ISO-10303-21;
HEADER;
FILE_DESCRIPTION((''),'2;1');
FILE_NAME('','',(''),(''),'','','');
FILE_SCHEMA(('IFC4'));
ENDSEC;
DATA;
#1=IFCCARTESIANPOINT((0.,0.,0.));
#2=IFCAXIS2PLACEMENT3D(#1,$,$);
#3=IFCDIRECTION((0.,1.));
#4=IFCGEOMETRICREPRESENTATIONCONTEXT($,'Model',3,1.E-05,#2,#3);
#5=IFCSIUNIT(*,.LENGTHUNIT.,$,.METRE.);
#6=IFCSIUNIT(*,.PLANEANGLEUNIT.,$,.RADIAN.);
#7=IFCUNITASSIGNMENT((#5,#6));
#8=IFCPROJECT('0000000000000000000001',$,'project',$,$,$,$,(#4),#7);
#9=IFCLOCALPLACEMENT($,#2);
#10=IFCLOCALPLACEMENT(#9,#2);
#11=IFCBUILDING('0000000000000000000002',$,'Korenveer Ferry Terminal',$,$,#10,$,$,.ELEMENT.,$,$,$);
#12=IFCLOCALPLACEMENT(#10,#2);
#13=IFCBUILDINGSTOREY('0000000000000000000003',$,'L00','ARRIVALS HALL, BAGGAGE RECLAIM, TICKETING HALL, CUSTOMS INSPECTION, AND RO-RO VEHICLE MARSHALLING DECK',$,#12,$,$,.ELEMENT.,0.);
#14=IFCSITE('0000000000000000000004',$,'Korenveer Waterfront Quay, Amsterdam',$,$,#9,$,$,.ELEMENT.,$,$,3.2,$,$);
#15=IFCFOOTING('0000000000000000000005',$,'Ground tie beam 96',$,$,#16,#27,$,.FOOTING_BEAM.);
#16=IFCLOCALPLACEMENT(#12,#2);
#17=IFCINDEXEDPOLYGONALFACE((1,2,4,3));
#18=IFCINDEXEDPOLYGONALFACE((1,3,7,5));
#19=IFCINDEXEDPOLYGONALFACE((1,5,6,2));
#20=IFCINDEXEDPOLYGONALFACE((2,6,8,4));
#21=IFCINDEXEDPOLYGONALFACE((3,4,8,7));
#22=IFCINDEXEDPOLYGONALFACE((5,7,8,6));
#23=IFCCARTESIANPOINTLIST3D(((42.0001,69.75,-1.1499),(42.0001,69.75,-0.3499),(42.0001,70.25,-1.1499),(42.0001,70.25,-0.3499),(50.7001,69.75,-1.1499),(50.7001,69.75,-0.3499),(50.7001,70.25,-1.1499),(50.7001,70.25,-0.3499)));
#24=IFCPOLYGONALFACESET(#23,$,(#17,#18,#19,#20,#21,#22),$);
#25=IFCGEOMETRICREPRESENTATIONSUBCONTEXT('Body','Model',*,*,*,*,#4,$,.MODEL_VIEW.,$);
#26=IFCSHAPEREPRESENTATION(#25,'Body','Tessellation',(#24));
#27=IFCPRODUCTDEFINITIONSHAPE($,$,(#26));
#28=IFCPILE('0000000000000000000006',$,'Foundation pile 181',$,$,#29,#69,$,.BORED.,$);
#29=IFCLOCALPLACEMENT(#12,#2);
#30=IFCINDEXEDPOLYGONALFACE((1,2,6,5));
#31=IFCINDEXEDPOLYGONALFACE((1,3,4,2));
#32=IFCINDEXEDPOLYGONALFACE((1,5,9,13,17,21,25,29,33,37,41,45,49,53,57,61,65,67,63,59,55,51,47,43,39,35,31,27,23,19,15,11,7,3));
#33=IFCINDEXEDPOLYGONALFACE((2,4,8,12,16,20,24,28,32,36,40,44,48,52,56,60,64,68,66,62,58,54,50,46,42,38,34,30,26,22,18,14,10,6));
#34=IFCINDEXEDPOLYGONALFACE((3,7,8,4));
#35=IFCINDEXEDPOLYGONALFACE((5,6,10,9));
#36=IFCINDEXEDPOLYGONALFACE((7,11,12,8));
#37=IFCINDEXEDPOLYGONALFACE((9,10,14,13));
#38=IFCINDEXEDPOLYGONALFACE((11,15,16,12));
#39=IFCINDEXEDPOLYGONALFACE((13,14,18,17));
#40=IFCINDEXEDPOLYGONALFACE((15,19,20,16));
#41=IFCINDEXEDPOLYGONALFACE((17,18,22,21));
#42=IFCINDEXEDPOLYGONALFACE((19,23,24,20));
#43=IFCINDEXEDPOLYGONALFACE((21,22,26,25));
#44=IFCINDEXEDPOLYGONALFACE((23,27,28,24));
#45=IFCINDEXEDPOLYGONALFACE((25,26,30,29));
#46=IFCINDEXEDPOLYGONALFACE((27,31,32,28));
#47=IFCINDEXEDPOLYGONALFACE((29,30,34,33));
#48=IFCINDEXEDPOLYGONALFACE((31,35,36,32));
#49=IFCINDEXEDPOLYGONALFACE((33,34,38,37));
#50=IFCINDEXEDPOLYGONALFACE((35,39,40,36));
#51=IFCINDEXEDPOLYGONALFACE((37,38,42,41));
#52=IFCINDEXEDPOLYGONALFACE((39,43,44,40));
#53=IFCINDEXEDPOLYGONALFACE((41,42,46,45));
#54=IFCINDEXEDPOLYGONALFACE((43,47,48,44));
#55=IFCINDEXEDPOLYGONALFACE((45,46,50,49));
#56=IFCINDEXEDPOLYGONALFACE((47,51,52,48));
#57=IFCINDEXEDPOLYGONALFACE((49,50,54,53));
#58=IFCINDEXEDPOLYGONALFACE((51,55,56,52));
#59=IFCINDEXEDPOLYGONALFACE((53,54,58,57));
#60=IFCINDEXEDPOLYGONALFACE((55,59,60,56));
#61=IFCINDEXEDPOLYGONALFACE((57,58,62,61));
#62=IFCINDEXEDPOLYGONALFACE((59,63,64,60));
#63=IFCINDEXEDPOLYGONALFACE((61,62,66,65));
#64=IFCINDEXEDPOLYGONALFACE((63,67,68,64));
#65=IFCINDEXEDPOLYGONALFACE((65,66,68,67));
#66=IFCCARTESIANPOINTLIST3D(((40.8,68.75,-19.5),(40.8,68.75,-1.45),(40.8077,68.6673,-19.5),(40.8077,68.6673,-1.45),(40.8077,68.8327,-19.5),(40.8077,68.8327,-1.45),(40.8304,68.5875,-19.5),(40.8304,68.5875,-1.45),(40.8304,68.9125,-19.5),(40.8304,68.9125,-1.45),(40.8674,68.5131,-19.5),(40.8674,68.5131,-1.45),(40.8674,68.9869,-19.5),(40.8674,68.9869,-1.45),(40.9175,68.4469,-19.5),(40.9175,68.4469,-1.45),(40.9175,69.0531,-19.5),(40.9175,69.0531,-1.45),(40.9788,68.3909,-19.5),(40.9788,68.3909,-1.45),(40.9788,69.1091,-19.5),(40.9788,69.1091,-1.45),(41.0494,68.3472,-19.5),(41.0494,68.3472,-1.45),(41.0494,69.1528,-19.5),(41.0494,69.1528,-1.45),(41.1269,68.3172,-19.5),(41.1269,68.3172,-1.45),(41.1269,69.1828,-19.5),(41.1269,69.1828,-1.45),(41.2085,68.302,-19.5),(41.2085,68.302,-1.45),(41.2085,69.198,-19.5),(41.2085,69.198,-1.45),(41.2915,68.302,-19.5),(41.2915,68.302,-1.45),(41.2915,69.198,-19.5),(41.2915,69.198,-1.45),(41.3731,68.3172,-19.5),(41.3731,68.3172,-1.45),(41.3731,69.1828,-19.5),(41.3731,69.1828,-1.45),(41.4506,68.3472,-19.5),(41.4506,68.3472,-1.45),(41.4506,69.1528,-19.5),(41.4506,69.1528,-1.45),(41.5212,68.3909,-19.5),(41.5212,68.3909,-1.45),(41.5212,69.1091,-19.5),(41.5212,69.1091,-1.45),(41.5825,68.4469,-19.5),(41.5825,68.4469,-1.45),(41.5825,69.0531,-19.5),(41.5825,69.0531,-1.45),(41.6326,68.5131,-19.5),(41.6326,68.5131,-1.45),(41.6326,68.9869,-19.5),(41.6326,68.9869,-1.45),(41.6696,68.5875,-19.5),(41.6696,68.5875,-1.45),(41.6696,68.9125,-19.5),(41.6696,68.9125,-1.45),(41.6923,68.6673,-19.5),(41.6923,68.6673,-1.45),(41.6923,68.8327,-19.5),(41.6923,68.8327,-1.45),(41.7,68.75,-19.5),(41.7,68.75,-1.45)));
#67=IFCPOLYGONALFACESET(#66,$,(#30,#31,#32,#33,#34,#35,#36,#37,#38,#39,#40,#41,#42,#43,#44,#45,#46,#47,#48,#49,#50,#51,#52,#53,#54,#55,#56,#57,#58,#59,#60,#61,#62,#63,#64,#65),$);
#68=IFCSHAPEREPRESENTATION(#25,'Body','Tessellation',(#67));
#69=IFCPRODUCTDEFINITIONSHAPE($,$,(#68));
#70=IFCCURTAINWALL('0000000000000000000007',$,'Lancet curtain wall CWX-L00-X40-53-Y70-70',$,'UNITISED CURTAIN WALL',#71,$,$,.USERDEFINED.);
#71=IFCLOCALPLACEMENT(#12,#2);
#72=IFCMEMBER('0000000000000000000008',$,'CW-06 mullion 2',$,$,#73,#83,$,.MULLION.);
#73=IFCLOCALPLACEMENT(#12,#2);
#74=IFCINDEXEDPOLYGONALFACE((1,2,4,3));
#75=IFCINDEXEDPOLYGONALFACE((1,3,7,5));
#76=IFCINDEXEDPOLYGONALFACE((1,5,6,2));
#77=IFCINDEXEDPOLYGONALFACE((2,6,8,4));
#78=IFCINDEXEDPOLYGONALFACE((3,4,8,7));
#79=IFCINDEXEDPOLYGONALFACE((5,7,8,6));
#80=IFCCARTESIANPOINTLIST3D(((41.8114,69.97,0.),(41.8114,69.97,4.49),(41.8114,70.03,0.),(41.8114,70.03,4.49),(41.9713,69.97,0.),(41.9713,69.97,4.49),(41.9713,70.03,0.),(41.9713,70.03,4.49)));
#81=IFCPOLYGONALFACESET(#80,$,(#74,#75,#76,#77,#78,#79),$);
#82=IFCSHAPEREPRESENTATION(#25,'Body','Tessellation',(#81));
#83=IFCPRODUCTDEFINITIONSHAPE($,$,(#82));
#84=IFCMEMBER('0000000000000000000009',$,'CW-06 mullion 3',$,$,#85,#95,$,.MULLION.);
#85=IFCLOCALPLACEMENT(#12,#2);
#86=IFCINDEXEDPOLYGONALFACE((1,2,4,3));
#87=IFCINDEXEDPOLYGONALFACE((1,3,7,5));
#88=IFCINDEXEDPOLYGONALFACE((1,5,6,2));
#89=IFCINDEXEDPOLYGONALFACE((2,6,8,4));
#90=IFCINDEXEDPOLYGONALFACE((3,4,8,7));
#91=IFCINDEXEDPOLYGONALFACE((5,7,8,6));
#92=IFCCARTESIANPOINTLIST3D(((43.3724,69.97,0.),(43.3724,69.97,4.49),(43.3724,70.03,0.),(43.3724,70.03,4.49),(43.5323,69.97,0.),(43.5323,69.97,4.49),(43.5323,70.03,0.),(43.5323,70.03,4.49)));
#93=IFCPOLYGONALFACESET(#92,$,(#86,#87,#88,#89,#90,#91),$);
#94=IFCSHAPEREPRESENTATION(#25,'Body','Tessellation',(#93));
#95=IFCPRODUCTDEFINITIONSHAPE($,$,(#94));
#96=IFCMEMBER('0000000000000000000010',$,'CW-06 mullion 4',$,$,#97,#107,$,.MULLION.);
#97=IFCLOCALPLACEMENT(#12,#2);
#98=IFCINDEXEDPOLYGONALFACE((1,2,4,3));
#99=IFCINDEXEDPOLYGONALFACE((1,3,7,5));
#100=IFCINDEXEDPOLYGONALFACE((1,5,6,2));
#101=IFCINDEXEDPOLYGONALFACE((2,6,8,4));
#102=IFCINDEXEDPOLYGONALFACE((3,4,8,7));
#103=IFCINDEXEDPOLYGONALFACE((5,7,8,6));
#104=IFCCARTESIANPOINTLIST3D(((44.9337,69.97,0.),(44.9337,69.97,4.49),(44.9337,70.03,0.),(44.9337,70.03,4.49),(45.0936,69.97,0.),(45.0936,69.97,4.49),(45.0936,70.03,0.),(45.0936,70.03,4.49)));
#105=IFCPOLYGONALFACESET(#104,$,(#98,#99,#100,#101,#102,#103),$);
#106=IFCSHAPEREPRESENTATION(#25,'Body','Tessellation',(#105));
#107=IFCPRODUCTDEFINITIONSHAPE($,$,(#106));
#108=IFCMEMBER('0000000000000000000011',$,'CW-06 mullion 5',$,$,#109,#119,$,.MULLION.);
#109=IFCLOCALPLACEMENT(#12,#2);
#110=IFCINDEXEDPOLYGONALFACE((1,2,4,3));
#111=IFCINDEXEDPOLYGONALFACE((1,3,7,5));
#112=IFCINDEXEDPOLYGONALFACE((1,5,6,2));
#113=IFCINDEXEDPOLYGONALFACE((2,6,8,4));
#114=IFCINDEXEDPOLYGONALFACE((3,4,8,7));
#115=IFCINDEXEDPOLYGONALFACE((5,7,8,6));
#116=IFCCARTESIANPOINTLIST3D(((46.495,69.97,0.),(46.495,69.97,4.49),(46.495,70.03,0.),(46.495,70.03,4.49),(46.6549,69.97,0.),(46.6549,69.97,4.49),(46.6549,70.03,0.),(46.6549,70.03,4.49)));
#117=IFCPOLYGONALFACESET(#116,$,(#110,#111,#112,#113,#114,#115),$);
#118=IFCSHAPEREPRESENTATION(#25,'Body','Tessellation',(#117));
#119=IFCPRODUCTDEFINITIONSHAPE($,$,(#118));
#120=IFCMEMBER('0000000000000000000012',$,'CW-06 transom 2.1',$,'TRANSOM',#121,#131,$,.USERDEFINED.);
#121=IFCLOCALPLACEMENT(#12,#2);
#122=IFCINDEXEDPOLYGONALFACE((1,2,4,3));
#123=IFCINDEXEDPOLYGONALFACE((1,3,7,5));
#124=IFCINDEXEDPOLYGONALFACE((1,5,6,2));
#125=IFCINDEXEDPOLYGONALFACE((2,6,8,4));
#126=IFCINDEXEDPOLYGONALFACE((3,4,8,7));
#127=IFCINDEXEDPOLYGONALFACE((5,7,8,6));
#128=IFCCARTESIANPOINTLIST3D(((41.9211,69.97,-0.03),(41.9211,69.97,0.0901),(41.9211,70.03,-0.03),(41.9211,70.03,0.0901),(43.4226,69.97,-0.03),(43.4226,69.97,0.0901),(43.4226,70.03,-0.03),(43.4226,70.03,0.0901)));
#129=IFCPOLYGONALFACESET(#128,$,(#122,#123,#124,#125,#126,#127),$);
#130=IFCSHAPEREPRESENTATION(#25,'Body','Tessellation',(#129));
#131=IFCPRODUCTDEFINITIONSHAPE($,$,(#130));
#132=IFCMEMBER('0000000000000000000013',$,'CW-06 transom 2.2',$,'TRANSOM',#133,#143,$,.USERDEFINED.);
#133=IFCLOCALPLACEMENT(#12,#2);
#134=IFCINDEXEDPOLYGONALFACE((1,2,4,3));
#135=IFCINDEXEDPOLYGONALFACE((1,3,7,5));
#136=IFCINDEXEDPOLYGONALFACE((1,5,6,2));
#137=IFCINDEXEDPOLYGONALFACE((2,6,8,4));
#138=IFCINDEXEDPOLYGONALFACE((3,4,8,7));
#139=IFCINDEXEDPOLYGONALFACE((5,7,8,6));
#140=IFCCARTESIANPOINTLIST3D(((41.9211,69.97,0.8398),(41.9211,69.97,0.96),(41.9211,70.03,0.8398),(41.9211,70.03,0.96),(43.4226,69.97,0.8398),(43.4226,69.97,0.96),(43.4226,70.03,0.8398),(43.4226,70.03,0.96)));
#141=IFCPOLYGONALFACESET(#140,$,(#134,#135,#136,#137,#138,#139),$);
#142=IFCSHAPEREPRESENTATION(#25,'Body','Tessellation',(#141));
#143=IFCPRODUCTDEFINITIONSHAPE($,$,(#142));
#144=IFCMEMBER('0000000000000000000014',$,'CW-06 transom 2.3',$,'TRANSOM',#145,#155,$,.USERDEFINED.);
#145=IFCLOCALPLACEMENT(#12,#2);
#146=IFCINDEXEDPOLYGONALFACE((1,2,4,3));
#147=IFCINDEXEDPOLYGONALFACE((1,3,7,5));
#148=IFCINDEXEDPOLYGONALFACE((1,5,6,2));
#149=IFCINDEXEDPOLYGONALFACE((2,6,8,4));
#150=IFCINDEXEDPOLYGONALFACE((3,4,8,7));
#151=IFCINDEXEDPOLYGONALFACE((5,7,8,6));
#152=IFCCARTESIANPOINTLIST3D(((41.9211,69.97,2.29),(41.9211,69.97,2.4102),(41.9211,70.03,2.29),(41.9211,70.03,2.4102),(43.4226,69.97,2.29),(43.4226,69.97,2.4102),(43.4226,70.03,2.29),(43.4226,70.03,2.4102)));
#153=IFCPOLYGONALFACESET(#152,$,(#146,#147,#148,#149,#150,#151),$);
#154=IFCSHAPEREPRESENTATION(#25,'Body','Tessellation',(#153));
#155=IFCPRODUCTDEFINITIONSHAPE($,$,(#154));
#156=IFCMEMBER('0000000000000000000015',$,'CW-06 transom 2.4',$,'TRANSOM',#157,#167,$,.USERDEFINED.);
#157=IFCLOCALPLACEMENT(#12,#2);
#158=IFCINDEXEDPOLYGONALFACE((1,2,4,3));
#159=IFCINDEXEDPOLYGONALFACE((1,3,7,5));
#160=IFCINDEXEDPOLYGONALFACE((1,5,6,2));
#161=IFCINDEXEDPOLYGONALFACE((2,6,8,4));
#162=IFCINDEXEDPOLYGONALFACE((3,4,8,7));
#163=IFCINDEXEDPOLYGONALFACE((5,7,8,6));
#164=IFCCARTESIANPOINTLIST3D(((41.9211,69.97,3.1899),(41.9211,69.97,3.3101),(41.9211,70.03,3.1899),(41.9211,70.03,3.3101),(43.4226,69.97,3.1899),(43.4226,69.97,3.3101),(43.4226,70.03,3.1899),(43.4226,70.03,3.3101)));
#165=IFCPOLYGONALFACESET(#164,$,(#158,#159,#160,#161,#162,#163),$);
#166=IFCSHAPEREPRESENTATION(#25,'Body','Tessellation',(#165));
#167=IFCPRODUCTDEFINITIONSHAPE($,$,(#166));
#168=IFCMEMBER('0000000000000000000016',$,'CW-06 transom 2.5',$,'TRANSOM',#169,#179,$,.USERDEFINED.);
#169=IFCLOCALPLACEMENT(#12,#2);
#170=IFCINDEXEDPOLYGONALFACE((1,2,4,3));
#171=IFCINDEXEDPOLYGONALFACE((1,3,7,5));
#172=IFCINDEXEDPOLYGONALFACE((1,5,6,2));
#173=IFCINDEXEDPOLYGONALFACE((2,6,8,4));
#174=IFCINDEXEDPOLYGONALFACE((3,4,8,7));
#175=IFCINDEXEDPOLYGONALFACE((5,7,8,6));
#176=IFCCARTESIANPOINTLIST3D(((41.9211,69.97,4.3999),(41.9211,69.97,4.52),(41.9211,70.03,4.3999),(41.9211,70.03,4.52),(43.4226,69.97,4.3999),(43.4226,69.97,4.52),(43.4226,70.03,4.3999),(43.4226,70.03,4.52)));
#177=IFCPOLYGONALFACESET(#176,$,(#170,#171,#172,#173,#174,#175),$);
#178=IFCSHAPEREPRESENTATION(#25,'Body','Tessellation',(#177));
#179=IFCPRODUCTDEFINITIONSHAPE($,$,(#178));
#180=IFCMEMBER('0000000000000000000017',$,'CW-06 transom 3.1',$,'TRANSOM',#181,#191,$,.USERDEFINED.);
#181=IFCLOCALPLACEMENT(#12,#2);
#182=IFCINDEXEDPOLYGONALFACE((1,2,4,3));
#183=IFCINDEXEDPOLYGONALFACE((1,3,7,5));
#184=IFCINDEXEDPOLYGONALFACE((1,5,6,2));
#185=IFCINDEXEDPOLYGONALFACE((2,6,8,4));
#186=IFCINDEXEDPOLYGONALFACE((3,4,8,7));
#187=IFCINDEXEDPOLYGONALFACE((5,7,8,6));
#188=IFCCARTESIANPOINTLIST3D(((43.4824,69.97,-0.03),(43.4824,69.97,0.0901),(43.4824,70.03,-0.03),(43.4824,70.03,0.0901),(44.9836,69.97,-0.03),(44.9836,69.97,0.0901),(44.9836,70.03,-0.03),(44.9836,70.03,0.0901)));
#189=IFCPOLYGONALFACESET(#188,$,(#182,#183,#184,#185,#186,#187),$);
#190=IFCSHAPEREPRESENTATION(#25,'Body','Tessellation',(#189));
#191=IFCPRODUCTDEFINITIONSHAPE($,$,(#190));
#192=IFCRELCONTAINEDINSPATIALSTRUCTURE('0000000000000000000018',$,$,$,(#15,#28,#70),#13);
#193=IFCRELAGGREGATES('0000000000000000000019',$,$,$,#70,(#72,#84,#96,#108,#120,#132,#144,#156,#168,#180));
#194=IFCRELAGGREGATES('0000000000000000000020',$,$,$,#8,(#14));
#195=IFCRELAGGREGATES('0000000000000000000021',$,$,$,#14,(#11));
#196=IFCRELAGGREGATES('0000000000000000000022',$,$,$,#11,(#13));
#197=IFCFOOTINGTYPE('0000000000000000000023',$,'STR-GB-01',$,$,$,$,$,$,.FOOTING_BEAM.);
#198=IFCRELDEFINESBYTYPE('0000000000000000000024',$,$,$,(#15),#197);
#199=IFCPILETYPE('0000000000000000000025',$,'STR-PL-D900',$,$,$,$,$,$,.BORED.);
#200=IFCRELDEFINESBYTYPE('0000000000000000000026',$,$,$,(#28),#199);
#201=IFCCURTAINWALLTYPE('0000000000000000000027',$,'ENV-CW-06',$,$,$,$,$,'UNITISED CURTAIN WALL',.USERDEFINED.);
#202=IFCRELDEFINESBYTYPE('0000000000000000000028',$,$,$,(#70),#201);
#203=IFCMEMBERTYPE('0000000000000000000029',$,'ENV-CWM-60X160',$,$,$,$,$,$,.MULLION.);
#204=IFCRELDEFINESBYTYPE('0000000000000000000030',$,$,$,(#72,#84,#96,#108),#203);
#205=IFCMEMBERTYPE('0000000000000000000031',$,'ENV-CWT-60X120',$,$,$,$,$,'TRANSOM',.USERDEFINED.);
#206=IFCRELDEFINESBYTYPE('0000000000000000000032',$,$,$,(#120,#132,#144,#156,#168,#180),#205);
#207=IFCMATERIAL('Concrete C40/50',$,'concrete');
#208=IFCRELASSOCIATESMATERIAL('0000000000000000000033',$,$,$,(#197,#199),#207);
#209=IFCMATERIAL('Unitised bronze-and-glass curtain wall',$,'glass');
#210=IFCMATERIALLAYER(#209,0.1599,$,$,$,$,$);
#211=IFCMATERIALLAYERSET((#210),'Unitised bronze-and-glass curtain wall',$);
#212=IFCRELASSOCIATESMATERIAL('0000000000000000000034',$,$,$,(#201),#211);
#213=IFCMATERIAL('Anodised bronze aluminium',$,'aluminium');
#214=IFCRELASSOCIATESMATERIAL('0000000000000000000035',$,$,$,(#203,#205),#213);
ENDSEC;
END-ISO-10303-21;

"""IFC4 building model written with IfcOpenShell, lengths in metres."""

from ifc_helpers import new_model, si_unit, direction, frame, origin, origin_2d, place, context, subcontext, project, spatial, rectangle, circle, extrude, material, layer, layer_set, material_profile, profile_set, type_object, element, aggregate, save


model = new_model("IFC4")

# Units and contexts
model_context = context("Model", 3, precision=1e-05, world=origin(), true_north=direction((0.0, 1.0)))
body_context = subcontext(model_context, "Body", "Model", "MODEL_VIEW")
ifc_project = project(units=[si_unit("LENGTHUNIT", "METRE"), si_unit("PLANEANGLEUNIT", "RADIAN")], contexts=[model_context])

# Site, building, storey
site_placement = place(None, origin())
site = spatial("IfcSite", under=ifc_project, at=site_placement, Name="Korenveer Waterfront Quay, Amsterdam", CompositionType="ELEMENT", RefElevation=3.2)
building_placement = place(site_placement, origin())
building = spatial("IfcBuilding", under=site, at=building_placement, Name="Korenveer Ferry Terminal", CompositionType="ELEMENT")
storey_placement = place(building_placement, origin())
storey = spatial("IfcBuildingStorey", under=building, at=storey_placement, Name="L00", Description="ARRIVALS HALL, BAGGAGE RECLAIM, TICKETING HALL, CUSTOMS INSPECTION, AND RO-RO VEHICLE MARSHALLING DECK", CompositionType="ELEMENT", Elevation=0.0)

# Footing
ifc_material_1 = material(Name="Concrete C40/50", Category="concrete")
footing_type = type_object("IfcFootingType", Name="STR-GB-01", PredefinedType="FOOTING_BEAM", material=ifc_material_1)
footing_placement = place(storey_placement, frame((46.3501, 70.0, -1.1499), z_axis=(0.0, 0.0, 1.0), x_axis=(1.0, 0.0, 0.0)))
element("IfcFooting", 1, at=footing_placement, inside=storey, type_object=footing_type, Name="Ground tie beam 96", PredefinedType="FOOTING_BEAM", context=body_context, shape_type="SweptSolid", body=[
    extrude(rectangle(XDim=8.7, YDim=0.5, at=origin_2d()), origin(), (0.0, 0.0, 1.0), 0.8),
])

# Pile
ifc_material_profile_1 = material_profile(ifc_material_1, circle(Radius=0.45, at=origin_2d()), Name="PILE D900")
ifc_profile_set_1 = profile_set([ifc_material_profile_1], Name="Concrete C40/50")
pile_type = type_object("IfcPileType", Name="STR-PL-D900", PredefinedType="BORED", material=ifc_profile_set_1)
pile_placement = place(storey_placement, frame((41.25, 68.75, -1.45), z_axis=(0.0, 0.0, -1.0), x_axis=(1.0, 0.0, 0.0)))
element("IfcPile", 2, at=pile_placement, inside=storey, type_object=pile_type, Name="Foundation pile 181", PredefinedType="BORED", context=body_context, shape_type="SweptSolid", body=[
    extrude(circle(Radius=0.45, at=origin_2d()), origin(), (0.0, 0.0, 1.0), 18.05),
])

# Curtain wall, members
ifc_material_2 = material(Name="Unitised bronze-and-glass curtain wall", Category="glass")
ifc_layer_1 = layer(ifc_material_2, 0.1599)
ifc_layer_set_1 = layer_set([ifc_layer_1], Name="Unitised bronze-and-glass curtain wall")
curtain_wall_type = type_object("IfcCurtainWallType", Name="ENV-CW-06", ElementType="UNITISED CURTAIN WALL", PredefinedType="USERDEFINED", material=ifc_layer_set_1)
curtain_wall_placement = place(storey_placement, frame((40.3301, 70.0, 0.0)))
curtain_wall = element("IfcCurtainWall", 3, at=curtain_wall_placement, inside=storey, type_object=curtain_wall_type, Name="Lancet curtain wall CWX-L00-X40-53-Y70-70", ObjectType="UNITISED CURTAIN WALL", PredefinedType="USERDEFINED")
ifc_material_3 = material(Name="Anodised bronze aluminium", Category="aluminium")
ifc_material_profile_2 = material_profile(ifc_material_3, rectangle(XDim=0.0601, YDim=0.1599, at=origin_2d()), Name="ALU 60x160")
ifc_profile_set_2 = profile_set([ifc_material_profile_2], Name="Anodised bronze aluminium")
member_type_1 = type_object("IfcMemberType", Name="ENV-CWM-60X160", PredefinedType="MULLION", material=ifc_profile_set_2)
member_1_placement = place(storey_placement, frame((41.8914, 70.0, 0.0), z_axis=(0.0, 0.0, 1.0), x_axis=(0.0, 1.0, 0.0)))
member_1 = element("IfcMember", 4, at=member_1_placement, type_object=member_type_1, Name="CW-06 mullion 2", PredefinedType="MULLION", context=body_context, shape_type="SweptSolid", body=[
    extrude(rectangle(XDim=0.0601, YDim=0.1599, at=origin_2d()), origin(), (0.0, 0.0, 1.0), 4.49),
])
member_2_placement = place(storey_placement, frame((43.4524, 70.0, 0.0), z_axis=(0.0, 0.0, 1.0), x_axis=(0.0, 1.0, 0.0)))
member_2 = element("IfcMember", 5, at=member_2_placement, type_object=member_type_1, Name="CW-06 mullion 3", PredefinedType="MULLION", context=body_context, shape_type="SweptSolid", body=[
    extrude(rectangle(XDim=0.0601, YDim=0.1599, at=origin_2d()), origin(), (0.0, 0.0, 1.0), 4.49),
])
member_3_placement = place(storey_placement, frame((45.0137, 70.0, 0.0), z_axis=(0.0, 0.0, 1.0), x_axis=(0.0, 1.0, 0.0)))
member_3 = element("IfcMember", 6, at=member_3_placement, type_object=member_type_1, Name="CW-06 mullion 4", PredefinedType="MULLION", context=body_context, shape_type="SweptSolid", body=[
    extrude(rectangle(XDim=0.0601, YDim=0.1599, at=origin_2d()), origin(), (0.0, 0.0, 1.0), 4.49),
])
member_4_placement = place(storey_placement, frame((46.575, 70.0, 0.0), z_axis=(0.0, 0.0, 1.0), x_axis=(0.0, 1.0, 0.0)))
member_4 = element("IfcMember", 7, at=member_4_placement, type_object=member_type_1, Name="CW-06 mullion 5", PredefinedType="MULLION", context=body_context, shape_type="SweptSolid", body=[
    extrude(rectangle(XDim=0.0601, YDim=0.1599, at=origin_2d()), origin(), (0.0, 0.0, 1.0), 4.49),
])
ifc_material_profile_3 = material_profile(ifc_material_3, rectangle(XDim=0.0601, YDim=0.1201, at=origin_2d()), Name="ALU 60x120")
ifc_profile_set_3 = profile_set([ifc_material_profile_3], Name="Anodised bronze aluminium")
member_type_2 = type_object("IfcMemberType", Name="ENV-CWT-60X120", ElementType="TRANSOM", PredefinedType="USERDEFINED", material=ifc_profile_set_3)
member_5_placement = place(storey_placement, frame((41.9211, 70.0, 0.03), z_axis=(1.0, 0.0, 0.0), x_axis=(0.0, 1.0, 0.0)))
member_5 = element("IfcMember", 8, at=member_5_placement, type_object=member_type_2, Name="CW-06 transom 2.1", ObjectType="TRANSOM", PredefinedType="USERDEFINED", context=body_context, shape_type="SweptSolid", body=[
    extrude(rectangle(XDim=0.0601, YDim=0.1201, at=origin_2d()), origin(), (0.0, 0.0, 1.0), 1.5015),
])
member_6_placement = place(storey_placement, frame((41.9211, 70.0, 0.8999), z_axis=(1.0, 0.0, 0.0), x_axis=(0.0, 1.0, 0.0)))
member_6 = element("IfcMember", 9, at=member_6_placement, type_object=member_type_2, Name="CW-06 transom 2.2", ObjectType="TRANSOM", PredefinedType="USERDEFINED", context=body_context, shape_type="SweptSolid", body=[
    extrude(rectangle(XDim=0.0601, YDim=0.1201, at=origin_2d()), origin(), (0.0, 0.0, 1.0), 1.5015),
])
member_7_placement = place(storey_placement, frame((41.9211, 70.0, 2.3501), z_axis=(1.0, 0.0, 0.0), x_axis=(0.0, 1.0, 0.0)))
member_7 = element("IfcMember", 10, at=member_7_placement, type_object=member_type_2, Name="CW-06 transom 2.3", ObjectType="TRANSOM", PredefinedType="USERDEFINED", context=body_context, shape_type="SweptSolid", body=[
    extrude(rectangle(XDim=0.0601, YDim=0.1201, at=origin_2d()), origin(), (0.0, 0.0, 1.0), 1.5015),
])
member_8_placement = place(storey_placement, frame((41.9211, 70.0, 3.25), z_axis=(1.0, 0.0, 0.0), x_axis=(0.0, 1.0, 0.0)))
member_8 = element("IfcMember", 11, at=member_8_placement, type_object=member_type_2, Name="CW-06 transom 2.4", ObjectType="TRANSOM", PredefinedType="USERDEFINED", context=body_context, shape_type="SweptSolid", body=[
    extrude(rectangle(XDim=0.0601, YDim=0.1201, at=origin_2d()), origin(), (0.0, 0.0, 1.0), 1.5015),
])
member_9_placement = place(storey_placement, frame((41.9211, 70.0, 4.46), z_axis=(1.0, 0.0, 0.0), x_axis=(0.0, 1.0, 0.0)))
member_9 = element("IfcMember", 12, at=member_9_placement, type_object=member_type_2, Name="CW-06 transom 2.5", ObjectType="TRANSOM", PredefinedType="USERDEFINED", context=body_context, shape_type="SweptSolid", body=[
    extrude(rectangle(XDim=0.0601, YDim=0.1201, at=origin_2d()), origin(), (0.0, 0.0, 1.0), 1.5015),
])
member_10_placement = place(storey_placement, frame((43.4824, 70.0, 0.03), z_axis=(1.0, 0.0, 0.0), x_axis=(0.0, 1.0, 0.0)))
member_10 = element("IfcMember", 13, at=member_10_placement, type_object=member_type_2, Name="CW-06 transom 3.1", ObjectType="TRANSOM", PredefinedType="USERDEFINED", context=body_context, shape_type="SweptSolid", body=[
    extrude(rectangle(XDim=0.0601, YDim=0.1201, at=origin_2d()), origin(), (0.0, 0.0, 1.0), 1.5012),
])
aggregate(curtain_wall, [member_1, member_2, member_3, member_4, member_5, member_6, member_7, member_8, member_9, member_10])

save(model, "model.ifc")
